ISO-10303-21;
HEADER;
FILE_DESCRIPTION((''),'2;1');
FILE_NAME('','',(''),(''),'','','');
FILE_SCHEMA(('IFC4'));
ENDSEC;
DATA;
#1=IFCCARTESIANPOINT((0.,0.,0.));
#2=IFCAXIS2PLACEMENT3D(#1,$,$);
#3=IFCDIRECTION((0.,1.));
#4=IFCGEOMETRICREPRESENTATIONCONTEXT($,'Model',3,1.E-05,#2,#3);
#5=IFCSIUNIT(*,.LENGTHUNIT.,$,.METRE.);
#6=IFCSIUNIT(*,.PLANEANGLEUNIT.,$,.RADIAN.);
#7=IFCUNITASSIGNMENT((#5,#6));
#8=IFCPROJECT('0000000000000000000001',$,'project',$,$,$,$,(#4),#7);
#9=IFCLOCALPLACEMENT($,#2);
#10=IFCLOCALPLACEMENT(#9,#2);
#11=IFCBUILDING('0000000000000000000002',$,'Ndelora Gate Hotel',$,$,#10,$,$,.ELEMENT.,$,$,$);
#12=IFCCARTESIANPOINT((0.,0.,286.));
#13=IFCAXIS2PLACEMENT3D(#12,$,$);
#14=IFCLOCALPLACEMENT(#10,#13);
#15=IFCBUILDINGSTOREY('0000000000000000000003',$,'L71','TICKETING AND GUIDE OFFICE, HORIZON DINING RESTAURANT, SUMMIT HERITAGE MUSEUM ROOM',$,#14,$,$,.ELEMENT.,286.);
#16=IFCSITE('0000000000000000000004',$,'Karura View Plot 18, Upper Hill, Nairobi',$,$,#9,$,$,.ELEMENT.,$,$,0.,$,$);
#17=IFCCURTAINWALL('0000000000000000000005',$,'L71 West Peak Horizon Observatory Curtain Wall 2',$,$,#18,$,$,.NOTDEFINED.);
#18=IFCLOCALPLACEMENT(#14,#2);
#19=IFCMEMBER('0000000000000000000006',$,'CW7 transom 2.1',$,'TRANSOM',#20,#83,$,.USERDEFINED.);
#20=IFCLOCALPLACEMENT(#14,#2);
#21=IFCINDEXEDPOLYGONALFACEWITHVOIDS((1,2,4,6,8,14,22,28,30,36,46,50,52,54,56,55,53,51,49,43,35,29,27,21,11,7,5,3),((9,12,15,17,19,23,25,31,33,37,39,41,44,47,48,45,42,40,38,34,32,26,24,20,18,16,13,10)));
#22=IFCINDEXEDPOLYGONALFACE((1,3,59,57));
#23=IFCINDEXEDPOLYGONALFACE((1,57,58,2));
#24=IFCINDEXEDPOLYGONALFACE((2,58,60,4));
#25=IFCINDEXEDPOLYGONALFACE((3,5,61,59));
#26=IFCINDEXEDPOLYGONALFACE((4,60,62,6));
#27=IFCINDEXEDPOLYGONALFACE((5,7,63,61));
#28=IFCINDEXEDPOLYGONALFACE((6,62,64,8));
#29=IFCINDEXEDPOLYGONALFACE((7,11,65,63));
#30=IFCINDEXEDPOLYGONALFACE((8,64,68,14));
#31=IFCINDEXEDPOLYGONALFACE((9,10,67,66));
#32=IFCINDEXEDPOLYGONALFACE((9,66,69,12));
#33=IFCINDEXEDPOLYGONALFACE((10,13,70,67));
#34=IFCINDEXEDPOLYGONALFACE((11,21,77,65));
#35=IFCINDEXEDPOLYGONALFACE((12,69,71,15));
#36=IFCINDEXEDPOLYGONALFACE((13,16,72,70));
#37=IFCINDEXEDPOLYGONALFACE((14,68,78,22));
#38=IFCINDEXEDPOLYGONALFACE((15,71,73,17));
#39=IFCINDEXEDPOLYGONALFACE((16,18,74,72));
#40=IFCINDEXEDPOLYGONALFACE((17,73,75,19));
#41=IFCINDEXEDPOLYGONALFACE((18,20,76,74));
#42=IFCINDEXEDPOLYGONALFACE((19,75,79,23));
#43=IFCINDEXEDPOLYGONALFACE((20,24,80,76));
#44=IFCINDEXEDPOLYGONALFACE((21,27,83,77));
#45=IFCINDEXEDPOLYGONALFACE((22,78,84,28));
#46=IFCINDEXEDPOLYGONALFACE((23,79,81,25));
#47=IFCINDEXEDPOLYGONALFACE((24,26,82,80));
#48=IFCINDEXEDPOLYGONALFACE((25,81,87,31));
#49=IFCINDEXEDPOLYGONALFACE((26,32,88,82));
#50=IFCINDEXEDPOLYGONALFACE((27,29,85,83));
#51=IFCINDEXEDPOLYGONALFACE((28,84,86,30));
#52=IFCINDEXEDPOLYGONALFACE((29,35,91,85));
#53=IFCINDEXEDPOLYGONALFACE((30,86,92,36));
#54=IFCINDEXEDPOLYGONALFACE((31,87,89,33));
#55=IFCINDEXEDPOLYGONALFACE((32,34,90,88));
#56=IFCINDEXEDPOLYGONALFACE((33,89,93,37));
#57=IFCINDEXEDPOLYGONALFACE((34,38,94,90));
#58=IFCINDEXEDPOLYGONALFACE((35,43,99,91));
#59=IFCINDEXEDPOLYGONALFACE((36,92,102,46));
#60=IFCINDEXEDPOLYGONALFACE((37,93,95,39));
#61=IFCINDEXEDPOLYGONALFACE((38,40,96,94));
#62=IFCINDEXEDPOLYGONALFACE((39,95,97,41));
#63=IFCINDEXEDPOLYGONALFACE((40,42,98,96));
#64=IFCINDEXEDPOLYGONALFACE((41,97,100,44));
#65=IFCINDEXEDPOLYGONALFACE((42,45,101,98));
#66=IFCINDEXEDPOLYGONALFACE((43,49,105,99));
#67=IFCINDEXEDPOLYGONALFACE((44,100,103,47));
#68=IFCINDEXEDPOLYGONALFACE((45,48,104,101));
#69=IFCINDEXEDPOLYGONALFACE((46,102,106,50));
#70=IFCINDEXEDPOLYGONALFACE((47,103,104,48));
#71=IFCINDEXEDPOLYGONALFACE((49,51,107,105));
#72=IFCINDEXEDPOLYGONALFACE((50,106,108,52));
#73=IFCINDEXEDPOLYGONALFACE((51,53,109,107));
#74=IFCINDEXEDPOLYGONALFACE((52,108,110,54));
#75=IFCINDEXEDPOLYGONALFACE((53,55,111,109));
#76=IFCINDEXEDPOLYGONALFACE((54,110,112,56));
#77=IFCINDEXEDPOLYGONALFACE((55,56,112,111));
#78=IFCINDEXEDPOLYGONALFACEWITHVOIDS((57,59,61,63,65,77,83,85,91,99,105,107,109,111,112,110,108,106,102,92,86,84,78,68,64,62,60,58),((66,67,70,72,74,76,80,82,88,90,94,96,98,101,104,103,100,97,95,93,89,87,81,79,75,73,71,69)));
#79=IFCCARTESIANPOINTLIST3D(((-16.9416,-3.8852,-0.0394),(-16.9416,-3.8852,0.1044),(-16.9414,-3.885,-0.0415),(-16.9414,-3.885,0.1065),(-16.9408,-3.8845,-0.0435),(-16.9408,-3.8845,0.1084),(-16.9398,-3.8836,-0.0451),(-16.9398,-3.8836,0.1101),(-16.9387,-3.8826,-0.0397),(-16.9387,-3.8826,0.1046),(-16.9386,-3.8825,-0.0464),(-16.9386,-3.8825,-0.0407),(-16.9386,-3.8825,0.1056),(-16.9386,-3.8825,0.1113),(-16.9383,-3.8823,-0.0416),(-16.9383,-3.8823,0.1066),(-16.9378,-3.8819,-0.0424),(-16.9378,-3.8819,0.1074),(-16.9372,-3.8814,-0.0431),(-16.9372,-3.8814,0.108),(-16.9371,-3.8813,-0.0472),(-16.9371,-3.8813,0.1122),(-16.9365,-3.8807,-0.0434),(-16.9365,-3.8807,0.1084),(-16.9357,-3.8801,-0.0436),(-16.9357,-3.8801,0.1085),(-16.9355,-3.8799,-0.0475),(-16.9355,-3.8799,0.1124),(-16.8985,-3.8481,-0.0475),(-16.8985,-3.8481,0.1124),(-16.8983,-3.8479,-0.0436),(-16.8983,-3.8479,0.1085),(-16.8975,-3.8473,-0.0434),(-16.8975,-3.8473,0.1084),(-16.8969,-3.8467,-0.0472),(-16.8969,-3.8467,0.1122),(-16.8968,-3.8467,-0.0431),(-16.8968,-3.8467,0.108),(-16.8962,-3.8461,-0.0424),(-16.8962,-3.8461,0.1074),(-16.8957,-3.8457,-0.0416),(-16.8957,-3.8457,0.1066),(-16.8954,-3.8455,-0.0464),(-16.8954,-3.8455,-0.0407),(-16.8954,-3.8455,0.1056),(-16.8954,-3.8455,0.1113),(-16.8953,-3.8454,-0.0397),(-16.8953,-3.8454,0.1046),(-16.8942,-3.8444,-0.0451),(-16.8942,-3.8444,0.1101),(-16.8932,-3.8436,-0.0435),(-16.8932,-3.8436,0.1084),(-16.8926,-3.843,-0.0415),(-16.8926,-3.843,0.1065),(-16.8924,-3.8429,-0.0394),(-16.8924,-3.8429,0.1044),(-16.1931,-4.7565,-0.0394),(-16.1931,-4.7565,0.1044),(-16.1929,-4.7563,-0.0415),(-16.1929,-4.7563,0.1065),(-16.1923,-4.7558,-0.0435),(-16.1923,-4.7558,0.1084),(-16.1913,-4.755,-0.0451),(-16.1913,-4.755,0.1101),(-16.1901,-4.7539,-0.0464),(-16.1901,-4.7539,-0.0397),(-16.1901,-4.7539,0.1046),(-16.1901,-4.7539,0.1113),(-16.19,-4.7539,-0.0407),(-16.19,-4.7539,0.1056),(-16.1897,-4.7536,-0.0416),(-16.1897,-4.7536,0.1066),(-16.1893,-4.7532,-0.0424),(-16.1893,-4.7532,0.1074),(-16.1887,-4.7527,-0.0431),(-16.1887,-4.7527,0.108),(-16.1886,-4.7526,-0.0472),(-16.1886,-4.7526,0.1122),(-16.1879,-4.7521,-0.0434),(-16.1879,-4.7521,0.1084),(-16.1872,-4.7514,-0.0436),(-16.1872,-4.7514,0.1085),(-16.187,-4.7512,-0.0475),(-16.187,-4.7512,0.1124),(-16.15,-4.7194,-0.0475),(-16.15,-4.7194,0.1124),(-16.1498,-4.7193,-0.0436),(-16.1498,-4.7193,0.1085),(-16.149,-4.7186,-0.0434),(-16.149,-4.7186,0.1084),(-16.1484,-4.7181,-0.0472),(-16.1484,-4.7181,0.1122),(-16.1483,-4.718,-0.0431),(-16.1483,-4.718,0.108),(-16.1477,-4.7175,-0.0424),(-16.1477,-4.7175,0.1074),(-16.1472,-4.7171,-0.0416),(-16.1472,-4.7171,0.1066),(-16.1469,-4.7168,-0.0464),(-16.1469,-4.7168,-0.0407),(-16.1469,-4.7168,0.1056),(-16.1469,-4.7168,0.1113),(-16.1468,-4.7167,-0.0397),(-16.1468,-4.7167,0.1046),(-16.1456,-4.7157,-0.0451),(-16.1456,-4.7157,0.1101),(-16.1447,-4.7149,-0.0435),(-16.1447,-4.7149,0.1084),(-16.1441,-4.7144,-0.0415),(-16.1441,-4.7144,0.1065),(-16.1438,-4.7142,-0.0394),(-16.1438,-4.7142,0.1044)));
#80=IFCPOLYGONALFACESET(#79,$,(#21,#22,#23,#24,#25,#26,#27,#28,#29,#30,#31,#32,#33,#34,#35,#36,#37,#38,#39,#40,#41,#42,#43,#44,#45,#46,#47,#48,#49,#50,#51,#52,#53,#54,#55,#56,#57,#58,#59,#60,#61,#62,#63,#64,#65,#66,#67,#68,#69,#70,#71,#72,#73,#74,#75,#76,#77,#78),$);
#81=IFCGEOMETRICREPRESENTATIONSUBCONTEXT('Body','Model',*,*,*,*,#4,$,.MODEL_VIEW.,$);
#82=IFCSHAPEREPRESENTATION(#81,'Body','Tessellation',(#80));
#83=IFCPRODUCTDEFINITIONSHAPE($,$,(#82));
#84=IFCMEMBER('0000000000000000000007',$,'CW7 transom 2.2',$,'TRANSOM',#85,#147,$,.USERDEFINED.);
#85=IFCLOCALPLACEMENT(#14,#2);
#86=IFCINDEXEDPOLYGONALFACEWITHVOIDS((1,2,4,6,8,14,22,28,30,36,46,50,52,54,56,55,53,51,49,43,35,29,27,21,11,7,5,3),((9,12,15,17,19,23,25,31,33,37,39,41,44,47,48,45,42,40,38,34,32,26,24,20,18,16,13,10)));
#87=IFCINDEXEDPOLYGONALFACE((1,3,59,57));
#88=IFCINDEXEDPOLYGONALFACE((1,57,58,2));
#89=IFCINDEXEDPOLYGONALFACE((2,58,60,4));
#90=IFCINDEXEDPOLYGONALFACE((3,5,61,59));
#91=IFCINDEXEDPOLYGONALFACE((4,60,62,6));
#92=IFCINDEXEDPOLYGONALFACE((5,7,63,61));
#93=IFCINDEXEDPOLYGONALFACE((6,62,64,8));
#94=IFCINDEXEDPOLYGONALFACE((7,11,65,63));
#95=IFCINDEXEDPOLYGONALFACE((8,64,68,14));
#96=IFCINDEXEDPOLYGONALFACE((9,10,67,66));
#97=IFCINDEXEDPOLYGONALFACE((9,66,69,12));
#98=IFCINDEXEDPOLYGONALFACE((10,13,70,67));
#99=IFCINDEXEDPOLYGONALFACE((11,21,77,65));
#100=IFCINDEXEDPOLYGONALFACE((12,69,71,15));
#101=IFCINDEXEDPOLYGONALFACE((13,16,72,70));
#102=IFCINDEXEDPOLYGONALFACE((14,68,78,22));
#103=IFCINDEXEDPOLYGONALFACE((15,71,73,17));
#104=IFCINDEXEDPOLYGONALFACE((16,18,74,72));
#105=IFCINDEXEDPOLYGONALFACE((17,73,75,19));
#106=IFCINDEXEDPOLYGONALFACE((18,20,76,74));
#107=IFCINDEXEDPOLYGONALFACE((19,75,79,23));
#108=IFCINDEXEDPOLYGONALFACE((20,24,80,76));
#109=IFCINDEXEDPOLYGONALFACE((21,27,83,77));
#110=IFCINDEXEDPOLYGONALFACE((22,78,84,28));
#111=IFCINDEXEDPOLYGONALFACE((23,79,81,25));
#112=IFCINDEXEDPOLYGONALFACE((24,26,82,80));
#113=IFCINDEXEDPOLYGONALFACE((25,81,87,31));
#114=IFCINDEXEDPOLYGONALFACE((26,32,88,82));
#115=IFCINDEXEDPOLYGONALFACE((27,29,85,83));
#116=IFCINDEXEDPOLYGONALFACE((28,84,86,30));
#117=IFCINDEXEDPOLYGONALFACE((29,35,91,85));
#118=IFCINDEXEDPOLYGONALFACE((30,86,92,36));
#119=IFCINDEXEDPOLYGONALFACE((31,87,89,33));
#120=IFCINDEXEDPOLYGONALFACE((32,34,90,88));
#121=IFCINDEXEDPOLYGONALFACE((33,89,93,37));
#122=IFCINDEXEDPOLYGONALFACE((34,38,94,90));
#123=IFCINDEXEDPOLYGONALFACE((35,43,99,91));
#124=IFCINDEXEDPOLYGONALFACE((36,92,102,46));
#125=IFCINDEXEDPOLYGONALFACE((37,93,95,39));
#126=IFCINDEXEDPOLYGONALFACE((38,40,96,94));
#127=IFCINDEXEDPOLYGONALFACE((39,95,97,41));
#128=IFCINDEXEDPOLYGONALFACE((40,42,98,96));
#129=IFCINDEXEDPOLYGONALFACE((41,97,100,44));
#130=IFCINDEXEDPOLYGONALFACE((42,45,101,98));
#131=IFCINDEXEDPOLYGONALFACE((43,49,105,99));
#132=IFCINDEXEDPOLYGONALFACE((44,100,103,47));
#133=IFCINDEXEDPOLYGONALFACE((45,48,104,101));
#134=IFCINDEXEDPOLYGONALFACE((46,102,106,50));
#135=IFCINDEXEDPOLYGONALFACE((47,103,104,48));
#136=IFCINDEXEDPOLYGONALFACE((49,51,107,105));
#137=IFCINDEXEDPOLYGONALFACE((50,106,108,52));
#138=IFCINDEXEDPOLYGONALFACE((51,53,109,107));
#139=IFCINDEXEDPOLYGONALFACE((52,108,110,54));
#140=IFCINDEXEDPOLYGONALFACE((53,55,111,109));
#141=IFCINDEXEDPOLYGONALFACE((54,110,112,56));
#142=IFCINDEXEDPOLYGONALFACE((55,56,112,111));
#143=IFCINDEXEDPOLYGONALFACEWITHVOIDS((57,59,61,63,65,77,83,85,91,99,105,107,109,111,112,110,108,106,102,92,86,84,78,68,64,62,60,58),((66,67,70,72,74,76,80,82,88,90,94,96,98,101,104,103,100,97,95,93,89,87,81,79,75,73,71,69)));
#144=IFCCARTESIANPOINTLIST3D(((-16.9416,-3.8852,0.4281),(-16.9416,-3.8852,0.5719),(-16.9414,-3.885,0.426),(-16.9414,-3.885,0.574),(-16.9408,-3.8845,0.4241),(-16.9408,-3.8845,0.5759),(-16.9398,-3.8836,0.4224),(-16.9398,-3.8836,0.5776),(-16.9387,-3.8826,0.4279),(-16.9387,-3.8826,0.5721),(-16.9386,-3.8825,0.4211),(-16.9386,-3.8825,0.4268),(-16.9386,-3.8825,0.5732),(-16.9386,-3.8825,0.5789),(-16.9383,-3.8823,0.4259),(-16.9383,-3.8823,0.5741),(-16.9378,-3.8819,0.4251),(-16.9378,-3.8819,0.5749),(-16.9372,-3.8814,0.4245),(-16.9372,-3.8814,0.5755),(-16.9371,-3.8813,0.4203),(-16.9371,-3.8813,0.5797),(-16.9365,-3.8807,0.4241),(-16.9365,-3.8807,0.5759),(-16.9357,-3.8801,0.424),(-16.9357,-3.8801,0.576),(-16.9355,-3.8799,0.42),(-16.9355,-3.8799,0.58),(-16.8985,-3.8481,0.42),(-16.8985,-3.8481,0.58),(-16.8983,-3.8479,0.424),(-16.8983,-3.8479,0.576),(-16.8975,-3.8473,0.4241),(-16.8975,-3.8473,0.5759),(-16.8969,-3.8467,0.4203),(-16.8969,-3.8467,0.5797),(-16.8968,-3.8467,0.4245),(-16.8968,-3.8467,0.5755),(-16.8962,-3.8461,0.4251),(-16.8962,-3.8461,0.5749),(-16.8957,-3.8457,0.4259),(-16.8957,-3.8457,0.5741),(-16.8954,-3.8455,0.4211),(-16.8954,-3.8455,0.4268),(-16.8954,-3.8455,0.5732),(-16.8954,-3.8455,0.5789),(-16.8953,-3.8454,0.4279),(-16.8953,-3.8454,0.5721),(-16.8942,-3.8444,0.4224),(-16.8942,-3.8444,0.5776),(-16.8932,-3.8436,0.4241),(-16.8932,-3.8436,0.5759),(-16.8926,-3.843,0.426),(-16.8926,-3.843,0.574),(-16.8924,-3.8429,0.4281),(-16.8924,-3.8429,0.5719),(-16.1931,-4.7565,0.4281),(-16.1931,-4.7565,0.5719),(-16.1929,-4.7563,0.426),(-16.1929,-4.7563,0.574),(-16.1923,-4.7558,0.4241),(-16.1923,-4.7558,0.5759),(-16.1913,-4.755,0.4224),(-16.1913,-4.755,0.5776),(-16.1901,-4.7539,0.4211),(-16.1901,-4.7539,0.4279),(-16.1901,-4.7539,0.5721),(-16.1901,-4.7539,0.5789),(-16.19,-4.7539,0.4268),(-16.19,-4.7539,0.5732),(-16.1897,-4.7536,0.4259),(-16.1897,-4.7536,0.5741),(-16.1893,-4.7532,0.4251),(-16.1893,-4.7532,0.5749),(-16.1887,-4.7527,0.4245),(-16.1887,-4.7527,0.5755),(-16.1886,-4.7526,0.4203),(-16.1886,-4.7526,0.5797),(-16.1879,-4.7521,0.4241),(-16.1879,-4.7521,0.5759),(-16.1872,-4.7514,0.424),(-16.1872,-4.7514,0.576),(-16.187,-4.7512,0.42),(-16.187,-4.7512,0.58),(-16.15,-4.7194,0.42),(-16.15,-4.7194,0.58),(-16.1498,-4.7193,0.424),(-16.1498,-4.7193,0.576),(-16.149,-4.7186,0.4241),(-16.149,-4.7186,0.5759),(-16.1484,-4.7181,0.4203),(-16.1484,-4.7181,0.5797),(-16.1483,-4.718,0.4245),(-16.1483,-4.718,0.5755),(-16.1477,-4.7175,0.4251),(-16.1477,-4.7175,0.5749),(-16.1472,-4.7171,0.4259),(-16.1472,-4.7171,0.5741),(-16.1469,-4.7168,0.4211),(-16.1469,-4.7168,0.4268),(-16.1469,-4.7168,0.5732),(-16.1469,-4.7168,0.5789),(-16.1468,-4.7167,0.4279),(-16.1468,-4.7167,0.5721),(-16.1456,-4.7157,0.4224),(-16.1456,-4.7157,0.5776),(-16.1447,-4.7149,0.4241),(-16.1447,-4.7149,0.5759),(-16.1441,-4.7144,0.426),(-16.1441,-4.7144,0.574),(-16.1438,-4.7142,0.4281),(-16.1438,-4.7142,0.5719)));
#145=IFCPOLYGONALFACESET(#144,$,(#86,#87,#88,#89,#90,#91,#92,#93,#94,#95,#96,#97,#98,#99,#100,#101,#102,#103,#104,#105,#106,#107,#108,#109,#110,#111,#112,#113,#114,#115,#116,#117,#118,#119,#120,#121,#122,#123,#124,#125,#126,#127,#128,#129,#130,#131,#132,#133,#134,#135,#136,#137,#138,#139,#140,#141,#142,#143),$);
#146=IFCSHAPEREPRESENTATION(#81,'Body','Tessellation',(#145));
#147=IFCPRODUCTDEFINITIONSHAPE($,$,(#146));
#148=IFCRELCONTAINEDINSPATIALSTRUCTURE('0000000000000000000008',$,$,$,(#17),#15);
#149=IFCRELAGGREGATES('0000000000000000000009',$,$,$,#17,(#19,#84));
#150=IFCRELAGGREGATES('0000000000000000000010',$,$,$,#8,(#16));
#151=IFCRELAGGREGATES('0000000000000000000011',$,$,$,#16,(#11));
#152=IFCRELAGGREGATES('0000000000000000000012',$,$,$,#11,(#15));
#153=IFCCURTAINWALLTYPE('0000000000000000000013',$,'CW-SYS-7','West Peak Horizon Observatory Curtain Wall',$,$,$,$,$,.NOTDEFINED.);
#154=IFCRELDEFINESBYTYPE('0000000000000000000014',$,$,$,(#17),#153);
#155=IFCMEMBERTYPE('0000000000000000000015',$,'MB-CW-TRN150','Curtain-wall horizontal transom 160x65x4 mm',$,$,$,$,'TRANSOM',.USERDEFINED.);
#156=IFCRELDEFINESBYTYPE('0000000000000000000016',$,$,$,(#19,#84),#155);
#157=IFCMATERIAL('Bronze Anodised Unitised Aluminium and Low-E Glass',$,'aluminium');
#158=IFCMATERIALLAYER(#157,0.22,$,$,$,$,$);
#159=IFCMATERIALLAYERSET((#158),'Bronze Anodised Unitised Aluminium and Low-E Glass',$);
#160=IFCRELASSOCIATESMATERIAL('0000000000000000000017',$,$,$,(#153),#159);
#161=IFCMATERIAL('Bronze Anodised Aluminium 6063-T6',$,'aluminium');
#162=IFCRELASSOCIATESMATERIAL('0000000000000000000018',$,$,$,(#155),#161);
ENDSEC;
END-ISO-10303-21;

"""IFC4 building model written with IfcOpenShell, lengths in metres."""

from ifc_helpers import new_model, si_unit, direction, frame, origin, origin_2d, place, context, subcontext, project, spatial, hollow_rectangle, extrude, material, layer, layer_set, material_profile, profile_set, type_object, element, aggregate, save


model = new_model("IFC4")

# Units and contexts
model_context = context("Model", 3, precision=1e-05, world=origin(), true_north=direction((0.0, 1.0)))
body_context = subcontext(model_context, "Body", "Model", "MODEL_VIEW")
ifc_project = project(units=[si_unit("LENGTHUNIT", "METRE"), si_unit("PLANEANGLEUNIT", "RADIAN")], contexts=[model_context])

# Site, building, storey
site_placement = place(None, origin())
site = spatial("IfcSite", under=ifc_project, at=site_placement, Name="Karura View Plot 18, Upper Hill, Nairobi", CompositionType="ELEMENT", RefElevation=0.0)
building_placement = place(site_placement, origin())
building = spatial("IfcBuilding", under=site, at=building_placement, Name="Ndelora Gate Hotel", CompositionType="ELEMENT")
storey_placement = place(building_placement, frame((0.0, 0.0, 286.0)))
storey = spatial("IfcBuildingStorey", under=building, at=storey_placement, Name="L71", Description="TICKETING AND GUIDE OFFICE, HORIZON DINING RESTAURANT, SUMMIT HERITAGE MUSEUM ROOM", CompositionType="ELEMENT", Elevation=286.0)

# Curtain wall, members
ifc_material_1 = material(Name="Bronze Anodised Unitised Aluminium and Low-E Glass", Category="aluminium")
ifc_layer_1 = layer(ifc_material_1, 0.22)
ifc_layer_set_1 = layer_set([ifc_layer_1], Name="Bronze Anodised Unitised Aluminium and Low-E Glass")
curtain_wall_type = type_object("IfcCurtainWallType", Name="CW-SYS-7", Description="West Peak Horizon Observatory Curtain Wall", PredefinedType="NOTDEFINED", material=ifc_layer_set_1)
curtain_wall_placement = place(storey_placement, origin())
curtain_wall = element("IfcCurtainWall", 1, at=curtain_wall_placement, inside=storey, type_object=curtain_wall_type, Name="L71 West Peak Horizon Observatory Curtain Wall 2", PredefinedType="NOTDEFINED")
ifc_material_2 = material(Name="Bronze Anodised Aluminium 6063-T6", Category="aluminium")
ifc_material_profile_1 = material_profile(ifc_material_2, hollow_rectangle(XDim=0.0649, YDim=0.1599, WallThickness=0.0039, InnerFilletRadius=0.0039, OuterFilletRadius=0.0081, at=origin_2d()), Name="ALU 160x65x4")
ifc_profile_set_1 = profile_set([ifc_material_profile_1], Name="Bronze Anodised Aluminium 6063-T6")
member_type_1 = type_object("IfcMemberType", Name="MB-CW-TRN150", Description="Curtain-wall horizontal transom 160x65x4 mm", ElementType="TRANSOM", PredefinedType="USERDEFINED", material=ifc_profile_set_1)
member_1_placement = place(storey_placement, frame((-16.917, -3.864, 0.0325), z_axis=(0.651631, -0.758536, 0.0), x_axis=(0.758536, 0.651631, 0.0)))
member_1 = element("IfcMember", 2, at=member_1_placement, type_object=member_type_1, Name="CW7 transom 2.1", ObjectType="TRANSOM", PredefinedType="USERDEFINED", context=body_context, shape_type="SweptSolid", body=[
    extrude(hollow_rectangle(XDim=0.0649, YDim=0.1599, WallThickness=0.0039, InnerFilletRadius=0.0039, OuterFilletRadius=0.0081, at=origin_2d()), origin(), (0.0, 0.0, 1.0), 1.1487),
])
member_2_placement = place(storey_placement, frame((-16.917, -3.864, 0.5), z_axis=(0.651631, -0.758536, 0.0), x_axis=(0.758536, 0.651631, 0.0)))
member_2 = element("IfcMember", 3, at=member_2_placement, type_object=member_type_1, Name="CW7 transom 2.2", ObjectType="TRANSOM", PredefinedType="USERDEFINED", context=body_context, shape_type="SweptSolid", body=[
    extrude(hollow_rectangle(XDim=0.0649, YDim=0.1599, WallThickness=0.0039, InnerFilletRadius=0.0039, OuterFilletRadius=0.0081, at=origin_2d()), origin(), (0.0, 0.0, 1.0), 1.1487),
])
aggregate(curtain_wall, [member_1, member_2])

save(model, "model.ifc")
